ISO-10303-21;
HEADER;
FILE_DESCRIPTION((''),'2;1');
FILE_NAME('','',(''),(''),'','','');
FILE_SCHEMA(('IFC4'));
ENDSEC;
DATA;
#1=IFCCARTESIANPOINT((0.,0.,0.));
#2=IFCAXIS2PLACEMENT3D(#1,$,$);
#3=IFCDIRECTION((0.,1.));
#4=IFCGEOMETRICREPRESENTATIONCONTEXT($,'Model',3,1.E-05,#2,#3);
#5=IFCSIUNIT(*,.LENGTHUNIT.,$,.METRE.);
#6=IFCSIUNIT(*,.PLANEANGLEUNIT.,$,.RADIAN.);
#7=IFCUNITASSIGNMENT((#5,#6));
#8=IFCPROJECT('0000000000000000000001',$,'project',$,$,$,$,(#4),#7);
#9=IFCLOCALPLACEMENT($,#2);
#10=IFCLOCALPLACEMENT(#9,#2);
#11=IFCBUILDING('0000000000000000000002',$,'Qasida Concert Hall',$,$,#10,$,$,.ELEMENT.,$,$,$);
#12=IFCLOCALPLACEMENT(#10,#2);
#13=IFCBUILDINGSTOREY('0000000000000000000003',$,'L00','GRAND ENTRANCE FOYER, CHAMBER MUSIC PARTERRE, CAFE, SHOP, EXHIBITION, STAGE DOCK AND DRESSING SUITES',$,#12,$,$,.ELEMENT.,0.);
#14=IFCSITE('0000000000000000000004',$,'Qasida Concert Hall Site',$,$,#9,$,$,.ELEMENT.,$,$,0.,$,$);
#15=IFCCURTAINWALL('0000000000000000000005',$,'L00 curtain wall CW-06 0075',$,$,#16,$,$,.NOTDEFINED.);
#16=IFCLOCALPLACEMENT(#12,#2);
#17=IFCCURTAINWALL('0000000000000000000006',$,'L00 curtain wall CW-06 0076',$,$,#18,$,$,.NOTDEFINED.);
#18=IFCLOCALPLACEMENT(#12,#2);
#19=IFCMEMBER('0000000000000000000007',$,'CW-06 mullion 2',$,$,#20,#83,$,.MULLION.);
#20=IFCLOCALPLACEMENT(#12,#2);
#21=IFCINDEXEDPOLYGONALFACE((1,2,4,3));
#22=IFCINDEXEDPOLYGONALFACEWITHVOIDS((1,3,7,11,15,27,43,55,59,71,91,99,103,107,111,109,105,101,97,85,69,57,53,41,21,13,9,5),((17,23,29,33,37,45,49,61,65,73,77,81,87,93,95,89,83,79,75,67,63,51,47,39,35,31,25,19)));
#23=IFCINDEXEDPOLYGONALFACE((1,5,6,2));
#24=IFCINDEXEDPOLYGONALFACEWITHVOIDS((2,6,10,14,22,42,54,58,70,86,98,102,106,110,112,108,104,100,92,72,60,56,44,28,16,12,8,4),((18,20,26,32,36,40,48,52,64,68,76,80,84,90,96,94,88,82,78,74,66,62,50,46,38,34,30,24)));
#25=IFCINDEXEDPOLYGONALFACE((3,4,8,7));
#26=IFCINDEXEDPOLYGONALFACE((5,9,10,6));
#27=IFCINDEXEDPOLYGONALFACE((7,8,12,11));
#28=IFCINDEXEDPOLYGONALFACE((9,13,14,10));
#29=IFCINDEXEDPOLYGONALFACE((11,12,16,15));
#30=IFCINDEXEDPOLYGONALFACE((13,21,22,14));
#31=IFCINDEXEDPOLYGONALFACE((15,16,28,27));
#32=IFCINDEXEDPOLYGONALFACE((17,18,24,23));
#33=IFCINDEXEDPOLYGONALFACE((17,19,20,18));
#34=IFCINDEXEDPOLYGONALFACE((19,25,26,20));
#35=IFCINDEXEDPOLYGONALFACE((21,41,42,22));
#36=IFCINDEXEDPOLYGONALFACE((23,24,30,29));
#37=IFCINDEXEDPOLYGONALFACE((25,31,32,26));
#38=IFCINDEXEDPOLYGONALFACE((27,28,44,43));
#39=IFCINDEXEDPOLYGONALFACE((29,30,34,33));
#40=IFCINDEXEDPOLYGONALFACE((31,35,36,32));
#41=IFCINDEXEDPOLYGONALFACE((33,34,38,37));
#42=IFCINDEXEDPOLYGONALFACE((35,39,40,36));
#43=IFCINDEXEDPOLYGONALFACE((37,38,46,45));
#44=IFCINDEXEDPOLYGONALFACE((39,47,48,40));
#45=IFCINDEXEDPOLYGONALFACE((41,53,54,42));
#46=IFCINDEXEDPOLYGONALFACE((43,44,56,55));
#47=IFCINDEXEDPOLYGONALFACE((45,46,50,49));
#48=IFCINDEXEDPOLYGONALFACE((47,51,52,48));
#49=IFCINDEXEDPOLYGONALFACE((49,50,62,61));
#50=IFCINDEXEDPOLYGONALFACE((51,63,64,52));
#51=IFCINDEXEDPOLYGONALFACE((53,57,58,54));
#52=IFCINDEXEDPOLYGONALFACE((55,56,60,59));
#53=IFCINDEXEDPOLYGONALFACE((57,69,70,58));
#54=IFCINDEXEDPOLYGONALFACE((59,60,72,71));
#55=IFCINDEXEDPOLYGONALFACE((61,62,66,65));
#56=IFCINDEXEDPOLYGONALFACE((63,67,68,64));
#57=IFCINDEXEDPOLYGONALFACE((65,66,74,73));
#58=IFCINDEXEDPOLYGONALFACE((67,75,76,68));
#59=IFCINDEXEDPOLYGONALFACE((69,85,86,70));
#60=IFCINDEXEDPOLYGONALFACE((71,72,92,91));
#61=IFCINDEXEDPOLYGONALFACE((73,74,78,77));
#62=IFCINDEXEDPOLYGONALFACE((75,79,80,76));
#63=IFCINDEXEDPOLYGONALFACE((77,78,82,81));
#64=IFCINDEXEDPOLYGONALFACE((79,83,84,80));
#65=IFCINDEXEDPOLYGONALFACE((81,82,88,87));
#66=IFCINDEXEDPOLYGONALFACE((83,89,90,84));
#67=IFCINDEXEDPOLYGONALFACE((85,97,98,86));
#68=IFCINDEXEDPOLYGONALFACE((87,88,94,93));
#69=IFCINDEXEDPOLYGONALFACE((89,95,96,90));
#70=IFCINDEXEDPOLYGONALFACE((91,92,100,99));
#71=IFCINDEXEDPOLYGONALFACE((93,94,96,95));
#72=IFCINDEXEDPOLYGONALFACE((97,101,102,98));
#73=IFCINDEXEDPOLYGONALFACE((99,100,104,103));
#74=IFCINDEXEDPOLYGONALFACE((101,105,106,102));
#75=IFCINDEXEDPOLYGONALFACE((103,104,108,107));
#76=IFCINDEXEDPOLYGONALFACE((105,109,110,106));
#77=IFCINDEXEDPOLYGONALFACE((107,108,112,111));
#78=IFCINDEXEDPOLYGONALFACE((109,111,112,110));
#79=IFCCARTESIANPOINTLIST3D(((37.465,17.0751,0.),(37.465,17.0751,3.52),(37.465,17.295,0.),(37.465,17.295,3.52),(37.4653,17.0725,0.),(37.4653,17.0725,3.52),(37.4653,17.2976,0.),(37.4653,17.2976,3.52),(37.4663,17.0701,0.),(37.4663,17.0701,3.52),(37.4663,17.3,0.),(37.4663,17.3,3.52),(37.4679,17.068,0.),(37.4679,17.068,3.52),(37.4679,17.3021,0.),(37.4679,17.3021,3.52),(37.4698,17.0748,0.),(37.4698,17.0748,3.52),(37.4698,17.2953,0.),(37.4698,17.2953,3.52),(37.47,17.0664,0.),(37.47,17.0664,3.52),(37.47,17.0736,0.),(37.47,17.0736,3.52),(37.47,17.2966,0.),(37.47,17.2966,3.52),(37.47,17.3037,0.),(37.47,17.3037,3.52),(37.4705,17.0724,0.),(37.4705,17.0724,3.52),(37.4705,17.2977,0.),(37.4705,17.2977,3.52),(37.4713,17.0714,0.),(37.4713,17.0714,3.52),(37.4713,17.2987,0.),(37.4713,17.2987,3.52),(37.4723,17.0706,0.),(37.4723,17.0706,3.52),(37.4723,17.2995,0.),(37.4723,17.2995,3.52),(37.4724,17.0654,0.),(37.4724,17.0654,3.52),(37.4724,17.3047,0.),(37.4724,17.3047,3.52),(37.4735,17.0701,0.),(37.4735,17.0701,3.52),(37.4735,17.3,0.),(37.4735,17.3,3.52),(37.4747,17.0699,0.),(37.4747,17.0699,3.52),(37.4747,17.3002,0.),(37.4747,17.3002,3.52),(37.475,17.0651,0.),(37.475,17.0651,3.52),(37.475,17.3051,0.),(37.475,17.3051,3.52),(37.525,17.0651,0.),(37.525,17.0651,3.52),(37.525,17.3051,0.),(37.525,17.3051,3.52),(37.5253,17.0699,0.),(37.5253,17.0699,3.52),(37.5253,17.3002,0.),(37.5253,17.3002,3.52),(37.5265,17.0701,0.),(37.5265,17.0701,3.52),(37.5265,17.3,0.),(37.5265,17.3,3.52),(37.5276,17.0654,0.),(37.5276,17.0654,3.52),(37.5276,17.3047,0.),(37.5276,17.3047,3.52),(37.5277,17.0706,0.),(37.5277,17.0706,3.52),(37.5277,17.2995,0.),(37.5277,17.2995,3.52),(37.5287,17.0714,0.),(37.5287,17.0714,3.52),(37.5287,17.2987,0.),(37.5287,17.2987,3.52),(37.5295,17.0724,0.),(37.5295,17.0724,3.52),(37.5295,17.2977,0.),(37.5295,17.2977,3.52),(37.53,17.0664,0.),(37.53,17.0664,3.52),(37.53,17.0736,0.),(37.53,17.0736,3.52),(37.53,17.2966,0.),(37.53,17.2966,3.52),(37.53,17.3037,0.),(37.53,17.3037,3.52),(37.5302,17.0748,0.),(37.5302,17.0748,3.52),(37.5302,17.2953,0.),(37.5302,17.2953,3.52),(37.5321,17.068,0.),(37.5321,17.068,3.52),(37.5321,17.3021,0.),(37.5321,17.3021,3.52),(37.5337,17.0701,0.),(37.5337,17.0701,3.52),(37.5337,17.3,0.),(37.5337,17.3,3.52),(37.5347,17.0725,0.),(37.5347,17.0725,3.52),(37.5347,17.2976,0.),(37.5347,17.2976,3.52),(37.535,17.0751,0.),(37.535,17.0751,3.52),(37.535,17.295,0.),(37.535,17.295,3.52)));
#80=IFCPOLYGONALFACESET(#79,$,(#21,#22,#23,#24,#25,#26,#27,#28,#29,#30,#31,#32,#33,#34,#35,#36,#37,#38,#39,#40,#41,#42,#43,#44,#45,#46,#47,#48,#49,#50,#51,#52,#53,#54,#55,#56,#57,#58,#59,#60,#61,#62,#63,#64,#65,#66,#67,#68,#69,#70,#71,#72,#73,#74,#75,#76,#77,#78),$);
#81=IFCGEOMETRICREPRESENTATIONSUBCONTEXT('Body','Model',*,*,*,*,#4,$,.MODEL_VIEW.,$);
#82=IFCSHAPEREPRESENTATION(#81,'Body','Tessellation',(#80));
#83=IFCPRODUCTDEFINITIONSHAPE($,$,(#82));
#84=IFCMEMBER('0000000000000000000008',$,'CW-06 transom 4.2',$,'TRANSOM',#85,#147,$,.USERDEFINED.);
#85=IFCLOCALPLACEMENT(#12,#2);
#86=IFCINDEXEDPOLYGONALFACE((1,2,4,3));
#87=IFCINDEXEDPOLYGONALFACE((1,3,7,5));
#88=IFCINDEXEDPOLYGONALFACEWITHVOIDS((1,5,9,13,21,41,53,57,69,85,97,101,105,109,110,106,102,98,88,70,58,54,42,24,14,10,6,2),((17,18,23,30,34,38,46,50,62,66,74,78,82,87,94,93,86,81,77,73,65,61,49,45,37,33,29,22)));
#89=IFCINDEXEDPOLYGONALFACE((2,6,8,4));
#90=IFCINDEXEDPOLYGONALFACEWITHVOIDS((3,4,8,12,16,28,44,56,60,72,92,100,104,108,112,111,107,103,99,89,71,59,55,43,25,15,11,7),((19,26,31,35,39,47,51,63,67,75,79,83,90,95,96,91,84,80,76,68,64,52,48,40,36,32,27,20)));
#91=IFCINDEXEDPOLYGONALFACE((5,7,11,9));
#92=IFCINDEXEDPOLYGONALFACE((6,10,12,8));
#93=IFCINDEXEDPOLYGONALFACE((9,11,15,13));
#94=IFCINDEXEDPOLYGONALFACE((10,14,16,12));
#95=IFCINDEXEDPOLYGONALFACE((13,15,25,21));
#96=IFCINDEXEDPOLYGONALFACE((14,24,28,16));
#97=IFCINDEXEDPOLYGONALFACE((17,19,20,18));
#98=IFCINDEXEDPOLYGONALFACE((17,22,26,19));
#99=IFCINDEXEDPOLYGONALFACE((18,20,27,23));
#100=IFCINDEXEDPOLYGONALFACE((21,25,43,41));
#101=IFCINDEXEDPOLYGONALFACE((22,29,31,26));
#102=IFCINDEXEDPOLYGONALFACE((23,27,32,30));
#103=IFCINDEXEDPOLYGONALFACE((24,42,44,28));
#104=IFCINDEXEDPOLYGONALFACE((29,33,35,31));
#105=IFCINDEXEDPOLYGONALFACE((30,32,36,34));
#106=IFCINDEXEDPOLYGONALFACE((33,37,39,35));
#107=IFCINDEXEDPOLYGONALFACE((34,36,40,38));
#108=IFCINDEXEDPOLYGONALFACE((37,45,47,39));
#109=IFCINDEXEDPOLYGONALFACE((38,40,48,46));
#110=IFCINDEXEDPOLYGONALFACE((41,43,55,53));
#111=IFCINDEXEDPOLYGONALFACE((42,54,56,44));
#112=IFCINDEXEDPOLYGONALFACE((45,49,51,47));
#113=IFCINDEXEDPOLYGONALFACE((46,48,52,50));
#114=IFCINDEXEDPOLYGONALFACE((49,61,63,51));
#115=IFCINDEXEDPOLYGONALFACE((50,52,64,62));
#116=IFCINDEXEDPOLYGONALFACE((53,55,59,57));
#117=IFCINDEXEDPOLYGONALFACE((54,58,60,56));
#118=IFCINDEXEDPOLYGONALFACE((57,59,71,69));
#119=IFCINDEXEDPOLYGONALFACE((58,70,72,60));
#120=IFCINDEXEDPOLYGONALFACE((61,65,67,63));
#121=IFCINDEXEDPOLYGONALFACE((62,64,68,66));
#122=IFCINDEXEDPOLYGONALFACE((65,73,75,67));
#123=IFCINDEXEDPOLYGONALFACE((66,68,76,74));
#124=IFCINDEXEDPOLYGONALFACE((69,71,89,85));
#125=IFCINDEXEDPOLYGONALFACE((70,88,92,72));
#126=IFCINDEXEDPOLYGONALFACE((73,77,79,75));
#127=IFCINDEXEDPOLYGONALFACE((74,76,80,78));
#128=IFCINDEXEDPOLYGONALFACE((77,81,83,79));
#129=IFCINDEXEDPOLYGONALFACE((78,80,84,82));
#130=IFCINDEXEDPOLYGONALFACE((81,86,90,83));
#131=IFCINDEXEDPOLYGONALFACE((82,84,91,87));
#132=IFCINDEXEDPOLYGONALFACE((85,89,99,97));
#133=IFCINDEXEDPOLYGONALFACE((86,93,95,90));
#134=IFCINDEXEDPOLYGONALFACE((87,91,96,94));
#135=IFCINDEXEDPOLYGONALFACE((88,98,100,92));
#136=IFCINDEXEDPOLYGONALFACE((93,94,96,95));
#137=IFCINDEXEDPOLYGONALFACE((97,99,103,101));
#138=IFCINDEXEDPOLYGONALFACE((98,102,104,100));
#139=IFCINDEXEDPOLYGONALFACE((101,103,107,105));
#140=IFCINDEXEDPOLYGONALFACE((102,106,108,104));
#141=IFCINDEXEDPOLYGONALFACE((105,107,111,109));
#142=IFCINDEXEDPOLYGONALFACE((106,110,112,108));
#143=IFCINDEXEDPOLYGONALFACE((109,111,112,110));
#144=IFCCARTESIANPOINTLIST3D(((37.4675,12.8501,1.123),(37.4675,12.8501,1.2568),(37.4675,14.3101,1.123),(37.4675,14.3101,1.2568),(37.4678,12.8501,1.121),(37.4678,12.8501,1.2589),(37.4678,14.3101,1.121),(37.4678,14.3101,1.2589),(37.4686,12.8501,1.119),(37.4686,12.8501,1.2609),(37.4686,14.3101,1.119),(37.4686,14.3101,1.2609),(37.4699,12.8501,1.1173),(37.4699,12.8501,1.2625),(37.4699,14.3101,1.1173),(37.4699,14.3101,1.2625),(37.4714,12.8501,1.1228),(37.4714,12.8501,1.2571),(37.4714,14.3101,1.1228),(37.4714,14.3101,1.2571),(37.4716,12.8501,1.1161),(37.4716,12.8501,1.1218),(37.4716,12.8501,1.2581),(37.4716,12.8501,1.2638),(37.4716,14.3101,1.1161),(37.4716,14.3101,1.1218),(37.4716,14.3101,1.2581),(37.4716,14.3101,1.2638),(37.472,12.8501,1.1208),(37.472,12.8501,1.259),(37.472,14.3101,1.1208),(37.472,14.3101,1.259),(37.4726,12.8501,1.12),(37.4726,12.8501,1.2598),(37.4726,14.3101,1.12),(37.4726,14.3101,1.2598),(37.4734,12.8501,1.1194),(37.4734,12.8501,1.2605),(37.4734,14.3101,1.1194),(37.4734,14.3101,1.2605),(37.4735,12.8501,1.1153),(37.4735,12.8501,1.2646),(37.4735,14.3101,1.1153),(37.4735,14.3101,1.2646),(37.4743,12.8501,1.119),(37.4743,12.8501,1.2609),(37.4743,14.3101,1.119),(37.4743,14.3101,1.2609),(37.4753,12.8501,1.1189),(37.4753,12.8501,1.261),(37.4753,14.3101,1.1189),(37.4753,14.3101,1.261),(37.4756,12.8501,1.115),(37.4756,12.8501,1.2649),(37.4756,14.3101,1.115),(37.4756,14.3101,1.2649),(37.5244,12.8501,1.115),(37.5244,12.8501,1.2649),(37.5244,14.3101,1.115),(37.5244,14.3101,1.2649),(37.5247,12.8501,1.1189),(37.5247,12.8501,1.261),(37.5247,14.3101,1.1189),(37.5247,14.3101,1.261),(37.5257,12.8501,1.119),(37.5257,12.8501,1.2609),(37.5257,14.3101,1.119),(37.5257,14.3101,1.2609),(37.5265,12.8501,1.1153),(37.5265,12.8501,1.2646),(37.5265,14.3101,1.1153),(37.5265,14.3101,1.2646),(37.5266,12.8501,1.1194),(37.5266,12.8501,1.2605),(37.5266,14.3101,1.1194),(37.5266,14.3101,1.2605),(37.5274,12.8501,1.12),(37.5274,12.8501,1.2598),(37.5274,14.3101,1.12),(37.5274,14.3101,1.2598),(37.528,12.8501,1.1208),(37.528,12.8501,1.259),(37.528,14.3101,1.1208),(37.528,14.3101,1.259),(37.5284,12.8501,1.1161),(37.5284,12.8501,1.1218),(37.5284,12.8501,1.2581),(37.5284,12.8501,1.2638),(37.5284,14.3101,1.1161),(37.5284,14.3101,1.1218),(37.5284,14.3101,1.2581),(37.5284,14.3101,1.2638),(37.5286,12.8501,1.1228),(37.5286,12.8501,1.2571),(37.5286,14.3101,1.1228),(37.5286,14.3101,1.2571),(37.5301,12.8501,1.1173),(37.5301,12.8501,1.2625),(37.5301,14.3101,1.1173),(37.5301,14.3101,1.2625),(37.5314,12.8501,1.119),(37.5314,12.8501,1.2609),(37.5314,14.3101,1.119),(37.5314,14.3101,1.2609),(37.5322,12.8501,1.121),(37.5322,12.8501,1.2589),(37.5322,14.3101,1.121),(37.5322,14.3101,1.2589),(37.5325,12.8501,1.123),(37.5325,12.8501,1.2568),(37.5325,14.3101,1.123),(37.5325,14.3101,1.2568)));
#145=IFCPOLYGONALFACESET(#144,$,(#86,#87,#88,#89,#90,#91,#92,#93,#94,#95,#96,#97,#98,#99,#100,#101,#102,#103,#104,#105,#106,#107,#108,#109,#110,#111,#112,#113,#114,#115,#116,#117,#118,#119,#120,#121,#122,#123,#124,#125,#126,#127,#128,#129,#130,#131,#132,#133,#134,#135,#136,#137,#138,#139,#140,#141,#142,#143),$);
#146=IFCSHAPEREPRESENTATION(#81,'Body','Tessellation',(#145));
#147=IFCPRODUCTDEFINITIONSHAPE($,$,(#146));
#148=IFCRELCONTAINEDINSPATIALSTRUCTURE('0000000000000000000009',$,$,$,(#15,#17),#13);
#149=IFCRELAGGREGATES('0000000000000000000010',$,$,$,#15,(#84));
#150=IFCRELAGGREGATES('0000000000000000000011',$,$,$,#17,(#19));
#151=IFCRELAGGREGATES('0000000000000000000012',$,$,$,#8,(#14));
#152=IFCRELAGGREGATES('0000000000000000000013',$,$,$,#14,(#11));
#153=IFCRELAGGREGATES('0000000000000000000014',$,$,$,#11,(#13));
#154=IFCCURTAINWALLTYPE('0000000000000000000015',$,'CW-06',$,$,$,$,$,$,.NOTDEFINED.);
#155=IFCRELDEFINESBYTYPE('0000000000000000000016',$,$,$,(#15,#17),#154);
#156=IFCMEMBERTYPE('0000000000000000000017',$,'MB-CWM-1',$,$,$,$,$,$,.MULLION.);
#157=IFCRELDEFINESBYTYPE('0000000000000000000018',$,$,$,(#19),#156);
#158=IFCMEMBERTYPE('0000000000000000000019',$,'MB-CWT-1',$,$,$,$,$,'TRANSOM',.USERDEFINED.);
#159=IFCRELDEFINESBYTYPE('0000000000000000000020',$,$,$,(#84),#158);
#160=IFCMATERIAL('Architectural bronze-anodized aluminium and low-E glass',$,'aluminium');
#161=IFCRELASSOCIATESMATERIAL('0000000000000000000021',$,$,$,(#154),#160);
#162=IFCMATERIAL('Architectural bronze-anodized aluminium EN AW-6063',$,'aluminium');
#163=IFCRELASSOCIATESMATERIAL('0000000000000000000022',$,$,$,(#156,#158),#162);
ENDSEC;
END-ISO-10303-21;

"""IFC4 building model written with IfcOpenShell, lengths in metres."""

from ifc_helpers import new_model, si_unit, direction, frame, origin, origin_2d, place, context, subcontext, project, spatial, hollow_rectangle, extrude, material, material_profile, profile_set, type_object, element, aggregate, save


model = new_model("IFC4")

# Units and contexts
model_context = context("Model", 3, precision=1e-05, world=origin(), true_north=direction((0.0, 1.0)))
body_context = subcontext(model_context, "Body", "Model", "MODEL_VIEW")
ifc_project = project(units=[si_unit("LENGTHUNIT", "METRE"), si_unit("PLANEANGLEUNIT", "RADIAN")], contexts=[model_context])

# Site, building, storey
site_placement = place(None, origin())
site = spatial("IfcSite", under=ifc_project, at=site_placement, Name="Qasida Concert Hall Site", CompositionType="ELEMENT", RefElevation=0.0)
building_placement = place(site_placement, origin())
building = spatial("IfcBuilding", under=site, at=building_placement, Name="Qasida Concert Hall", CompositionType="ELEMENT")
storey_placement = place(building_placement, origin())
storey = spatial("IfcBuildingStorey", under=building, at=storey_placement, Name="L00", Description="GRAND ENTRANCE FOYER, CHAMBER MUSIC PARTERRE, CAFE, SHOP, EXHIBITION, STAGE DOCK AND DRESSING SUITES", CompositionType="ELEMENT", Elevation=0.0)

# Curtain wall
ifc_material_1 = material(Name="Architectural bronze-anodized aluminium and low-E glass", Category="aluminium")
curtain_wall_type = type_object("IfcCurtainWallType", Name="CW-06", PredefinedType="NOTDEFINED", material=ifc_material_1)
curtain_wall_1_placement = place(storey_placement, origin())
curtain_wall_1 = element("IfcCurtainWall", 1, at=curtain_wall_1_placement, inside=storey, type_object=curtain_wall_type, Name="L00 curtain wall CW-06 0075", PredefinedType="NOTDEFINED")
ifc_material_2 = material(Name="Architectural bronze-anodized aluminium EN AW-6063", Category="aluminium")
ifc_material_profile_1 = material_profile(ifc_material_2, hollow_rectangle(XDim=0.0701, YDim=0.24, WallThickness=0.0049, InnerFilletRadius=0.0049, OuterFilletRadius=0.01, at=origin_2d()), Name="CWM 240x70x5")
ifc_profile_set_1 = profile_set([ifc_material_profile_1], Name="Architectural bronze-anodized aluminium EN AW-6063")
member_type_1 = type_object("IfcMemberType", Name="MB-CWM-1", PredefinedType="MULLION", material=ifc_profile_set_1)

# Curtain wall, member
curtain_wall_2_placement = place(storey_placement, origin())
curtain_wall_2 = element("IfcCurtainWall", 2, at=curtain_wall_2_placement, inside=storey, type_object=curtain_wall_type, Name="L00 curtain wall CW-06 0076", PredefinedType="NOTDEFINED")
member_1_placement = place(storey_placement, frame((37.5, 17.1851, 0.0), z_axis=(0.0, 0.0, 1.0), x_axis=(-1.0, 0.0, 0.0)))
member_1 = element("IfcMember", 3, at=member_1_placement, type_object=member_type_1, Name="CW-06 mullion 2", PredefinedType="MULLION", context=body_context, shape_type="SweptSolid", body=[
    extrude(hollow_rectangle(XDim=0.0701, YDim=0.24, WallThickness=0.0049, InnerFilletRadius=0.0049, OuterFilletRadius=0.01, at=origin_2d()), origin(), (0.0, 0.0, 1.0), 3.52),
])

# Member
ifc_material_profile_2 = material_profile(ifc_material_2, hollow_rectangle(XDim=0.0649, YDim=0.1499, WallThickness=0.0039, InnerFilletRadius=0.0039, OuterFilletRadius=0.0081, at=origin_2d()), Name="CWT 150x65x4")
ifc_profile_set_2 = profile_set([ifc_material_profile_2], Name="Architectural bronze-anodized aluminium EN AW-6063")
member_type_2 = type_object("IfcMemberType", Name="MB-CWT-1", ElementType="TRANSOM", PredefinedType="USERDEFINED", material=ifc_profile_set_2)
member_2_placement = place(storey_placement, frame((37.5, 12.8501, 1.1899), z_axis=(0.0, 1.0, 0.0), x_axis=(-1.0, 0.0, 0.0)))
member_2 = element("IfcMember", 4, at=member_2_placement, type_object=member_type_2, Name="CW-06 transom 4.2", ObjectType="TRANSOM", PredefinedType="USERDEFINED", context=body_context, shape_type="SweptSolid", body=[
    extrude(hollow_rectangle(XDim=0.0649, YDim=0.1499, WallThickness=0.0039, InnerFilletRadius=0.0039, OuterFilletRadius=0.0081, at=origin_2d()), origin(), (0.0, 0.0, 1.0), 1.46),
])

aggregate(curtain_wall_1, [member_2])
aggregate(curtain_wall_2, [member_1])

save(model, "model.ifc")
